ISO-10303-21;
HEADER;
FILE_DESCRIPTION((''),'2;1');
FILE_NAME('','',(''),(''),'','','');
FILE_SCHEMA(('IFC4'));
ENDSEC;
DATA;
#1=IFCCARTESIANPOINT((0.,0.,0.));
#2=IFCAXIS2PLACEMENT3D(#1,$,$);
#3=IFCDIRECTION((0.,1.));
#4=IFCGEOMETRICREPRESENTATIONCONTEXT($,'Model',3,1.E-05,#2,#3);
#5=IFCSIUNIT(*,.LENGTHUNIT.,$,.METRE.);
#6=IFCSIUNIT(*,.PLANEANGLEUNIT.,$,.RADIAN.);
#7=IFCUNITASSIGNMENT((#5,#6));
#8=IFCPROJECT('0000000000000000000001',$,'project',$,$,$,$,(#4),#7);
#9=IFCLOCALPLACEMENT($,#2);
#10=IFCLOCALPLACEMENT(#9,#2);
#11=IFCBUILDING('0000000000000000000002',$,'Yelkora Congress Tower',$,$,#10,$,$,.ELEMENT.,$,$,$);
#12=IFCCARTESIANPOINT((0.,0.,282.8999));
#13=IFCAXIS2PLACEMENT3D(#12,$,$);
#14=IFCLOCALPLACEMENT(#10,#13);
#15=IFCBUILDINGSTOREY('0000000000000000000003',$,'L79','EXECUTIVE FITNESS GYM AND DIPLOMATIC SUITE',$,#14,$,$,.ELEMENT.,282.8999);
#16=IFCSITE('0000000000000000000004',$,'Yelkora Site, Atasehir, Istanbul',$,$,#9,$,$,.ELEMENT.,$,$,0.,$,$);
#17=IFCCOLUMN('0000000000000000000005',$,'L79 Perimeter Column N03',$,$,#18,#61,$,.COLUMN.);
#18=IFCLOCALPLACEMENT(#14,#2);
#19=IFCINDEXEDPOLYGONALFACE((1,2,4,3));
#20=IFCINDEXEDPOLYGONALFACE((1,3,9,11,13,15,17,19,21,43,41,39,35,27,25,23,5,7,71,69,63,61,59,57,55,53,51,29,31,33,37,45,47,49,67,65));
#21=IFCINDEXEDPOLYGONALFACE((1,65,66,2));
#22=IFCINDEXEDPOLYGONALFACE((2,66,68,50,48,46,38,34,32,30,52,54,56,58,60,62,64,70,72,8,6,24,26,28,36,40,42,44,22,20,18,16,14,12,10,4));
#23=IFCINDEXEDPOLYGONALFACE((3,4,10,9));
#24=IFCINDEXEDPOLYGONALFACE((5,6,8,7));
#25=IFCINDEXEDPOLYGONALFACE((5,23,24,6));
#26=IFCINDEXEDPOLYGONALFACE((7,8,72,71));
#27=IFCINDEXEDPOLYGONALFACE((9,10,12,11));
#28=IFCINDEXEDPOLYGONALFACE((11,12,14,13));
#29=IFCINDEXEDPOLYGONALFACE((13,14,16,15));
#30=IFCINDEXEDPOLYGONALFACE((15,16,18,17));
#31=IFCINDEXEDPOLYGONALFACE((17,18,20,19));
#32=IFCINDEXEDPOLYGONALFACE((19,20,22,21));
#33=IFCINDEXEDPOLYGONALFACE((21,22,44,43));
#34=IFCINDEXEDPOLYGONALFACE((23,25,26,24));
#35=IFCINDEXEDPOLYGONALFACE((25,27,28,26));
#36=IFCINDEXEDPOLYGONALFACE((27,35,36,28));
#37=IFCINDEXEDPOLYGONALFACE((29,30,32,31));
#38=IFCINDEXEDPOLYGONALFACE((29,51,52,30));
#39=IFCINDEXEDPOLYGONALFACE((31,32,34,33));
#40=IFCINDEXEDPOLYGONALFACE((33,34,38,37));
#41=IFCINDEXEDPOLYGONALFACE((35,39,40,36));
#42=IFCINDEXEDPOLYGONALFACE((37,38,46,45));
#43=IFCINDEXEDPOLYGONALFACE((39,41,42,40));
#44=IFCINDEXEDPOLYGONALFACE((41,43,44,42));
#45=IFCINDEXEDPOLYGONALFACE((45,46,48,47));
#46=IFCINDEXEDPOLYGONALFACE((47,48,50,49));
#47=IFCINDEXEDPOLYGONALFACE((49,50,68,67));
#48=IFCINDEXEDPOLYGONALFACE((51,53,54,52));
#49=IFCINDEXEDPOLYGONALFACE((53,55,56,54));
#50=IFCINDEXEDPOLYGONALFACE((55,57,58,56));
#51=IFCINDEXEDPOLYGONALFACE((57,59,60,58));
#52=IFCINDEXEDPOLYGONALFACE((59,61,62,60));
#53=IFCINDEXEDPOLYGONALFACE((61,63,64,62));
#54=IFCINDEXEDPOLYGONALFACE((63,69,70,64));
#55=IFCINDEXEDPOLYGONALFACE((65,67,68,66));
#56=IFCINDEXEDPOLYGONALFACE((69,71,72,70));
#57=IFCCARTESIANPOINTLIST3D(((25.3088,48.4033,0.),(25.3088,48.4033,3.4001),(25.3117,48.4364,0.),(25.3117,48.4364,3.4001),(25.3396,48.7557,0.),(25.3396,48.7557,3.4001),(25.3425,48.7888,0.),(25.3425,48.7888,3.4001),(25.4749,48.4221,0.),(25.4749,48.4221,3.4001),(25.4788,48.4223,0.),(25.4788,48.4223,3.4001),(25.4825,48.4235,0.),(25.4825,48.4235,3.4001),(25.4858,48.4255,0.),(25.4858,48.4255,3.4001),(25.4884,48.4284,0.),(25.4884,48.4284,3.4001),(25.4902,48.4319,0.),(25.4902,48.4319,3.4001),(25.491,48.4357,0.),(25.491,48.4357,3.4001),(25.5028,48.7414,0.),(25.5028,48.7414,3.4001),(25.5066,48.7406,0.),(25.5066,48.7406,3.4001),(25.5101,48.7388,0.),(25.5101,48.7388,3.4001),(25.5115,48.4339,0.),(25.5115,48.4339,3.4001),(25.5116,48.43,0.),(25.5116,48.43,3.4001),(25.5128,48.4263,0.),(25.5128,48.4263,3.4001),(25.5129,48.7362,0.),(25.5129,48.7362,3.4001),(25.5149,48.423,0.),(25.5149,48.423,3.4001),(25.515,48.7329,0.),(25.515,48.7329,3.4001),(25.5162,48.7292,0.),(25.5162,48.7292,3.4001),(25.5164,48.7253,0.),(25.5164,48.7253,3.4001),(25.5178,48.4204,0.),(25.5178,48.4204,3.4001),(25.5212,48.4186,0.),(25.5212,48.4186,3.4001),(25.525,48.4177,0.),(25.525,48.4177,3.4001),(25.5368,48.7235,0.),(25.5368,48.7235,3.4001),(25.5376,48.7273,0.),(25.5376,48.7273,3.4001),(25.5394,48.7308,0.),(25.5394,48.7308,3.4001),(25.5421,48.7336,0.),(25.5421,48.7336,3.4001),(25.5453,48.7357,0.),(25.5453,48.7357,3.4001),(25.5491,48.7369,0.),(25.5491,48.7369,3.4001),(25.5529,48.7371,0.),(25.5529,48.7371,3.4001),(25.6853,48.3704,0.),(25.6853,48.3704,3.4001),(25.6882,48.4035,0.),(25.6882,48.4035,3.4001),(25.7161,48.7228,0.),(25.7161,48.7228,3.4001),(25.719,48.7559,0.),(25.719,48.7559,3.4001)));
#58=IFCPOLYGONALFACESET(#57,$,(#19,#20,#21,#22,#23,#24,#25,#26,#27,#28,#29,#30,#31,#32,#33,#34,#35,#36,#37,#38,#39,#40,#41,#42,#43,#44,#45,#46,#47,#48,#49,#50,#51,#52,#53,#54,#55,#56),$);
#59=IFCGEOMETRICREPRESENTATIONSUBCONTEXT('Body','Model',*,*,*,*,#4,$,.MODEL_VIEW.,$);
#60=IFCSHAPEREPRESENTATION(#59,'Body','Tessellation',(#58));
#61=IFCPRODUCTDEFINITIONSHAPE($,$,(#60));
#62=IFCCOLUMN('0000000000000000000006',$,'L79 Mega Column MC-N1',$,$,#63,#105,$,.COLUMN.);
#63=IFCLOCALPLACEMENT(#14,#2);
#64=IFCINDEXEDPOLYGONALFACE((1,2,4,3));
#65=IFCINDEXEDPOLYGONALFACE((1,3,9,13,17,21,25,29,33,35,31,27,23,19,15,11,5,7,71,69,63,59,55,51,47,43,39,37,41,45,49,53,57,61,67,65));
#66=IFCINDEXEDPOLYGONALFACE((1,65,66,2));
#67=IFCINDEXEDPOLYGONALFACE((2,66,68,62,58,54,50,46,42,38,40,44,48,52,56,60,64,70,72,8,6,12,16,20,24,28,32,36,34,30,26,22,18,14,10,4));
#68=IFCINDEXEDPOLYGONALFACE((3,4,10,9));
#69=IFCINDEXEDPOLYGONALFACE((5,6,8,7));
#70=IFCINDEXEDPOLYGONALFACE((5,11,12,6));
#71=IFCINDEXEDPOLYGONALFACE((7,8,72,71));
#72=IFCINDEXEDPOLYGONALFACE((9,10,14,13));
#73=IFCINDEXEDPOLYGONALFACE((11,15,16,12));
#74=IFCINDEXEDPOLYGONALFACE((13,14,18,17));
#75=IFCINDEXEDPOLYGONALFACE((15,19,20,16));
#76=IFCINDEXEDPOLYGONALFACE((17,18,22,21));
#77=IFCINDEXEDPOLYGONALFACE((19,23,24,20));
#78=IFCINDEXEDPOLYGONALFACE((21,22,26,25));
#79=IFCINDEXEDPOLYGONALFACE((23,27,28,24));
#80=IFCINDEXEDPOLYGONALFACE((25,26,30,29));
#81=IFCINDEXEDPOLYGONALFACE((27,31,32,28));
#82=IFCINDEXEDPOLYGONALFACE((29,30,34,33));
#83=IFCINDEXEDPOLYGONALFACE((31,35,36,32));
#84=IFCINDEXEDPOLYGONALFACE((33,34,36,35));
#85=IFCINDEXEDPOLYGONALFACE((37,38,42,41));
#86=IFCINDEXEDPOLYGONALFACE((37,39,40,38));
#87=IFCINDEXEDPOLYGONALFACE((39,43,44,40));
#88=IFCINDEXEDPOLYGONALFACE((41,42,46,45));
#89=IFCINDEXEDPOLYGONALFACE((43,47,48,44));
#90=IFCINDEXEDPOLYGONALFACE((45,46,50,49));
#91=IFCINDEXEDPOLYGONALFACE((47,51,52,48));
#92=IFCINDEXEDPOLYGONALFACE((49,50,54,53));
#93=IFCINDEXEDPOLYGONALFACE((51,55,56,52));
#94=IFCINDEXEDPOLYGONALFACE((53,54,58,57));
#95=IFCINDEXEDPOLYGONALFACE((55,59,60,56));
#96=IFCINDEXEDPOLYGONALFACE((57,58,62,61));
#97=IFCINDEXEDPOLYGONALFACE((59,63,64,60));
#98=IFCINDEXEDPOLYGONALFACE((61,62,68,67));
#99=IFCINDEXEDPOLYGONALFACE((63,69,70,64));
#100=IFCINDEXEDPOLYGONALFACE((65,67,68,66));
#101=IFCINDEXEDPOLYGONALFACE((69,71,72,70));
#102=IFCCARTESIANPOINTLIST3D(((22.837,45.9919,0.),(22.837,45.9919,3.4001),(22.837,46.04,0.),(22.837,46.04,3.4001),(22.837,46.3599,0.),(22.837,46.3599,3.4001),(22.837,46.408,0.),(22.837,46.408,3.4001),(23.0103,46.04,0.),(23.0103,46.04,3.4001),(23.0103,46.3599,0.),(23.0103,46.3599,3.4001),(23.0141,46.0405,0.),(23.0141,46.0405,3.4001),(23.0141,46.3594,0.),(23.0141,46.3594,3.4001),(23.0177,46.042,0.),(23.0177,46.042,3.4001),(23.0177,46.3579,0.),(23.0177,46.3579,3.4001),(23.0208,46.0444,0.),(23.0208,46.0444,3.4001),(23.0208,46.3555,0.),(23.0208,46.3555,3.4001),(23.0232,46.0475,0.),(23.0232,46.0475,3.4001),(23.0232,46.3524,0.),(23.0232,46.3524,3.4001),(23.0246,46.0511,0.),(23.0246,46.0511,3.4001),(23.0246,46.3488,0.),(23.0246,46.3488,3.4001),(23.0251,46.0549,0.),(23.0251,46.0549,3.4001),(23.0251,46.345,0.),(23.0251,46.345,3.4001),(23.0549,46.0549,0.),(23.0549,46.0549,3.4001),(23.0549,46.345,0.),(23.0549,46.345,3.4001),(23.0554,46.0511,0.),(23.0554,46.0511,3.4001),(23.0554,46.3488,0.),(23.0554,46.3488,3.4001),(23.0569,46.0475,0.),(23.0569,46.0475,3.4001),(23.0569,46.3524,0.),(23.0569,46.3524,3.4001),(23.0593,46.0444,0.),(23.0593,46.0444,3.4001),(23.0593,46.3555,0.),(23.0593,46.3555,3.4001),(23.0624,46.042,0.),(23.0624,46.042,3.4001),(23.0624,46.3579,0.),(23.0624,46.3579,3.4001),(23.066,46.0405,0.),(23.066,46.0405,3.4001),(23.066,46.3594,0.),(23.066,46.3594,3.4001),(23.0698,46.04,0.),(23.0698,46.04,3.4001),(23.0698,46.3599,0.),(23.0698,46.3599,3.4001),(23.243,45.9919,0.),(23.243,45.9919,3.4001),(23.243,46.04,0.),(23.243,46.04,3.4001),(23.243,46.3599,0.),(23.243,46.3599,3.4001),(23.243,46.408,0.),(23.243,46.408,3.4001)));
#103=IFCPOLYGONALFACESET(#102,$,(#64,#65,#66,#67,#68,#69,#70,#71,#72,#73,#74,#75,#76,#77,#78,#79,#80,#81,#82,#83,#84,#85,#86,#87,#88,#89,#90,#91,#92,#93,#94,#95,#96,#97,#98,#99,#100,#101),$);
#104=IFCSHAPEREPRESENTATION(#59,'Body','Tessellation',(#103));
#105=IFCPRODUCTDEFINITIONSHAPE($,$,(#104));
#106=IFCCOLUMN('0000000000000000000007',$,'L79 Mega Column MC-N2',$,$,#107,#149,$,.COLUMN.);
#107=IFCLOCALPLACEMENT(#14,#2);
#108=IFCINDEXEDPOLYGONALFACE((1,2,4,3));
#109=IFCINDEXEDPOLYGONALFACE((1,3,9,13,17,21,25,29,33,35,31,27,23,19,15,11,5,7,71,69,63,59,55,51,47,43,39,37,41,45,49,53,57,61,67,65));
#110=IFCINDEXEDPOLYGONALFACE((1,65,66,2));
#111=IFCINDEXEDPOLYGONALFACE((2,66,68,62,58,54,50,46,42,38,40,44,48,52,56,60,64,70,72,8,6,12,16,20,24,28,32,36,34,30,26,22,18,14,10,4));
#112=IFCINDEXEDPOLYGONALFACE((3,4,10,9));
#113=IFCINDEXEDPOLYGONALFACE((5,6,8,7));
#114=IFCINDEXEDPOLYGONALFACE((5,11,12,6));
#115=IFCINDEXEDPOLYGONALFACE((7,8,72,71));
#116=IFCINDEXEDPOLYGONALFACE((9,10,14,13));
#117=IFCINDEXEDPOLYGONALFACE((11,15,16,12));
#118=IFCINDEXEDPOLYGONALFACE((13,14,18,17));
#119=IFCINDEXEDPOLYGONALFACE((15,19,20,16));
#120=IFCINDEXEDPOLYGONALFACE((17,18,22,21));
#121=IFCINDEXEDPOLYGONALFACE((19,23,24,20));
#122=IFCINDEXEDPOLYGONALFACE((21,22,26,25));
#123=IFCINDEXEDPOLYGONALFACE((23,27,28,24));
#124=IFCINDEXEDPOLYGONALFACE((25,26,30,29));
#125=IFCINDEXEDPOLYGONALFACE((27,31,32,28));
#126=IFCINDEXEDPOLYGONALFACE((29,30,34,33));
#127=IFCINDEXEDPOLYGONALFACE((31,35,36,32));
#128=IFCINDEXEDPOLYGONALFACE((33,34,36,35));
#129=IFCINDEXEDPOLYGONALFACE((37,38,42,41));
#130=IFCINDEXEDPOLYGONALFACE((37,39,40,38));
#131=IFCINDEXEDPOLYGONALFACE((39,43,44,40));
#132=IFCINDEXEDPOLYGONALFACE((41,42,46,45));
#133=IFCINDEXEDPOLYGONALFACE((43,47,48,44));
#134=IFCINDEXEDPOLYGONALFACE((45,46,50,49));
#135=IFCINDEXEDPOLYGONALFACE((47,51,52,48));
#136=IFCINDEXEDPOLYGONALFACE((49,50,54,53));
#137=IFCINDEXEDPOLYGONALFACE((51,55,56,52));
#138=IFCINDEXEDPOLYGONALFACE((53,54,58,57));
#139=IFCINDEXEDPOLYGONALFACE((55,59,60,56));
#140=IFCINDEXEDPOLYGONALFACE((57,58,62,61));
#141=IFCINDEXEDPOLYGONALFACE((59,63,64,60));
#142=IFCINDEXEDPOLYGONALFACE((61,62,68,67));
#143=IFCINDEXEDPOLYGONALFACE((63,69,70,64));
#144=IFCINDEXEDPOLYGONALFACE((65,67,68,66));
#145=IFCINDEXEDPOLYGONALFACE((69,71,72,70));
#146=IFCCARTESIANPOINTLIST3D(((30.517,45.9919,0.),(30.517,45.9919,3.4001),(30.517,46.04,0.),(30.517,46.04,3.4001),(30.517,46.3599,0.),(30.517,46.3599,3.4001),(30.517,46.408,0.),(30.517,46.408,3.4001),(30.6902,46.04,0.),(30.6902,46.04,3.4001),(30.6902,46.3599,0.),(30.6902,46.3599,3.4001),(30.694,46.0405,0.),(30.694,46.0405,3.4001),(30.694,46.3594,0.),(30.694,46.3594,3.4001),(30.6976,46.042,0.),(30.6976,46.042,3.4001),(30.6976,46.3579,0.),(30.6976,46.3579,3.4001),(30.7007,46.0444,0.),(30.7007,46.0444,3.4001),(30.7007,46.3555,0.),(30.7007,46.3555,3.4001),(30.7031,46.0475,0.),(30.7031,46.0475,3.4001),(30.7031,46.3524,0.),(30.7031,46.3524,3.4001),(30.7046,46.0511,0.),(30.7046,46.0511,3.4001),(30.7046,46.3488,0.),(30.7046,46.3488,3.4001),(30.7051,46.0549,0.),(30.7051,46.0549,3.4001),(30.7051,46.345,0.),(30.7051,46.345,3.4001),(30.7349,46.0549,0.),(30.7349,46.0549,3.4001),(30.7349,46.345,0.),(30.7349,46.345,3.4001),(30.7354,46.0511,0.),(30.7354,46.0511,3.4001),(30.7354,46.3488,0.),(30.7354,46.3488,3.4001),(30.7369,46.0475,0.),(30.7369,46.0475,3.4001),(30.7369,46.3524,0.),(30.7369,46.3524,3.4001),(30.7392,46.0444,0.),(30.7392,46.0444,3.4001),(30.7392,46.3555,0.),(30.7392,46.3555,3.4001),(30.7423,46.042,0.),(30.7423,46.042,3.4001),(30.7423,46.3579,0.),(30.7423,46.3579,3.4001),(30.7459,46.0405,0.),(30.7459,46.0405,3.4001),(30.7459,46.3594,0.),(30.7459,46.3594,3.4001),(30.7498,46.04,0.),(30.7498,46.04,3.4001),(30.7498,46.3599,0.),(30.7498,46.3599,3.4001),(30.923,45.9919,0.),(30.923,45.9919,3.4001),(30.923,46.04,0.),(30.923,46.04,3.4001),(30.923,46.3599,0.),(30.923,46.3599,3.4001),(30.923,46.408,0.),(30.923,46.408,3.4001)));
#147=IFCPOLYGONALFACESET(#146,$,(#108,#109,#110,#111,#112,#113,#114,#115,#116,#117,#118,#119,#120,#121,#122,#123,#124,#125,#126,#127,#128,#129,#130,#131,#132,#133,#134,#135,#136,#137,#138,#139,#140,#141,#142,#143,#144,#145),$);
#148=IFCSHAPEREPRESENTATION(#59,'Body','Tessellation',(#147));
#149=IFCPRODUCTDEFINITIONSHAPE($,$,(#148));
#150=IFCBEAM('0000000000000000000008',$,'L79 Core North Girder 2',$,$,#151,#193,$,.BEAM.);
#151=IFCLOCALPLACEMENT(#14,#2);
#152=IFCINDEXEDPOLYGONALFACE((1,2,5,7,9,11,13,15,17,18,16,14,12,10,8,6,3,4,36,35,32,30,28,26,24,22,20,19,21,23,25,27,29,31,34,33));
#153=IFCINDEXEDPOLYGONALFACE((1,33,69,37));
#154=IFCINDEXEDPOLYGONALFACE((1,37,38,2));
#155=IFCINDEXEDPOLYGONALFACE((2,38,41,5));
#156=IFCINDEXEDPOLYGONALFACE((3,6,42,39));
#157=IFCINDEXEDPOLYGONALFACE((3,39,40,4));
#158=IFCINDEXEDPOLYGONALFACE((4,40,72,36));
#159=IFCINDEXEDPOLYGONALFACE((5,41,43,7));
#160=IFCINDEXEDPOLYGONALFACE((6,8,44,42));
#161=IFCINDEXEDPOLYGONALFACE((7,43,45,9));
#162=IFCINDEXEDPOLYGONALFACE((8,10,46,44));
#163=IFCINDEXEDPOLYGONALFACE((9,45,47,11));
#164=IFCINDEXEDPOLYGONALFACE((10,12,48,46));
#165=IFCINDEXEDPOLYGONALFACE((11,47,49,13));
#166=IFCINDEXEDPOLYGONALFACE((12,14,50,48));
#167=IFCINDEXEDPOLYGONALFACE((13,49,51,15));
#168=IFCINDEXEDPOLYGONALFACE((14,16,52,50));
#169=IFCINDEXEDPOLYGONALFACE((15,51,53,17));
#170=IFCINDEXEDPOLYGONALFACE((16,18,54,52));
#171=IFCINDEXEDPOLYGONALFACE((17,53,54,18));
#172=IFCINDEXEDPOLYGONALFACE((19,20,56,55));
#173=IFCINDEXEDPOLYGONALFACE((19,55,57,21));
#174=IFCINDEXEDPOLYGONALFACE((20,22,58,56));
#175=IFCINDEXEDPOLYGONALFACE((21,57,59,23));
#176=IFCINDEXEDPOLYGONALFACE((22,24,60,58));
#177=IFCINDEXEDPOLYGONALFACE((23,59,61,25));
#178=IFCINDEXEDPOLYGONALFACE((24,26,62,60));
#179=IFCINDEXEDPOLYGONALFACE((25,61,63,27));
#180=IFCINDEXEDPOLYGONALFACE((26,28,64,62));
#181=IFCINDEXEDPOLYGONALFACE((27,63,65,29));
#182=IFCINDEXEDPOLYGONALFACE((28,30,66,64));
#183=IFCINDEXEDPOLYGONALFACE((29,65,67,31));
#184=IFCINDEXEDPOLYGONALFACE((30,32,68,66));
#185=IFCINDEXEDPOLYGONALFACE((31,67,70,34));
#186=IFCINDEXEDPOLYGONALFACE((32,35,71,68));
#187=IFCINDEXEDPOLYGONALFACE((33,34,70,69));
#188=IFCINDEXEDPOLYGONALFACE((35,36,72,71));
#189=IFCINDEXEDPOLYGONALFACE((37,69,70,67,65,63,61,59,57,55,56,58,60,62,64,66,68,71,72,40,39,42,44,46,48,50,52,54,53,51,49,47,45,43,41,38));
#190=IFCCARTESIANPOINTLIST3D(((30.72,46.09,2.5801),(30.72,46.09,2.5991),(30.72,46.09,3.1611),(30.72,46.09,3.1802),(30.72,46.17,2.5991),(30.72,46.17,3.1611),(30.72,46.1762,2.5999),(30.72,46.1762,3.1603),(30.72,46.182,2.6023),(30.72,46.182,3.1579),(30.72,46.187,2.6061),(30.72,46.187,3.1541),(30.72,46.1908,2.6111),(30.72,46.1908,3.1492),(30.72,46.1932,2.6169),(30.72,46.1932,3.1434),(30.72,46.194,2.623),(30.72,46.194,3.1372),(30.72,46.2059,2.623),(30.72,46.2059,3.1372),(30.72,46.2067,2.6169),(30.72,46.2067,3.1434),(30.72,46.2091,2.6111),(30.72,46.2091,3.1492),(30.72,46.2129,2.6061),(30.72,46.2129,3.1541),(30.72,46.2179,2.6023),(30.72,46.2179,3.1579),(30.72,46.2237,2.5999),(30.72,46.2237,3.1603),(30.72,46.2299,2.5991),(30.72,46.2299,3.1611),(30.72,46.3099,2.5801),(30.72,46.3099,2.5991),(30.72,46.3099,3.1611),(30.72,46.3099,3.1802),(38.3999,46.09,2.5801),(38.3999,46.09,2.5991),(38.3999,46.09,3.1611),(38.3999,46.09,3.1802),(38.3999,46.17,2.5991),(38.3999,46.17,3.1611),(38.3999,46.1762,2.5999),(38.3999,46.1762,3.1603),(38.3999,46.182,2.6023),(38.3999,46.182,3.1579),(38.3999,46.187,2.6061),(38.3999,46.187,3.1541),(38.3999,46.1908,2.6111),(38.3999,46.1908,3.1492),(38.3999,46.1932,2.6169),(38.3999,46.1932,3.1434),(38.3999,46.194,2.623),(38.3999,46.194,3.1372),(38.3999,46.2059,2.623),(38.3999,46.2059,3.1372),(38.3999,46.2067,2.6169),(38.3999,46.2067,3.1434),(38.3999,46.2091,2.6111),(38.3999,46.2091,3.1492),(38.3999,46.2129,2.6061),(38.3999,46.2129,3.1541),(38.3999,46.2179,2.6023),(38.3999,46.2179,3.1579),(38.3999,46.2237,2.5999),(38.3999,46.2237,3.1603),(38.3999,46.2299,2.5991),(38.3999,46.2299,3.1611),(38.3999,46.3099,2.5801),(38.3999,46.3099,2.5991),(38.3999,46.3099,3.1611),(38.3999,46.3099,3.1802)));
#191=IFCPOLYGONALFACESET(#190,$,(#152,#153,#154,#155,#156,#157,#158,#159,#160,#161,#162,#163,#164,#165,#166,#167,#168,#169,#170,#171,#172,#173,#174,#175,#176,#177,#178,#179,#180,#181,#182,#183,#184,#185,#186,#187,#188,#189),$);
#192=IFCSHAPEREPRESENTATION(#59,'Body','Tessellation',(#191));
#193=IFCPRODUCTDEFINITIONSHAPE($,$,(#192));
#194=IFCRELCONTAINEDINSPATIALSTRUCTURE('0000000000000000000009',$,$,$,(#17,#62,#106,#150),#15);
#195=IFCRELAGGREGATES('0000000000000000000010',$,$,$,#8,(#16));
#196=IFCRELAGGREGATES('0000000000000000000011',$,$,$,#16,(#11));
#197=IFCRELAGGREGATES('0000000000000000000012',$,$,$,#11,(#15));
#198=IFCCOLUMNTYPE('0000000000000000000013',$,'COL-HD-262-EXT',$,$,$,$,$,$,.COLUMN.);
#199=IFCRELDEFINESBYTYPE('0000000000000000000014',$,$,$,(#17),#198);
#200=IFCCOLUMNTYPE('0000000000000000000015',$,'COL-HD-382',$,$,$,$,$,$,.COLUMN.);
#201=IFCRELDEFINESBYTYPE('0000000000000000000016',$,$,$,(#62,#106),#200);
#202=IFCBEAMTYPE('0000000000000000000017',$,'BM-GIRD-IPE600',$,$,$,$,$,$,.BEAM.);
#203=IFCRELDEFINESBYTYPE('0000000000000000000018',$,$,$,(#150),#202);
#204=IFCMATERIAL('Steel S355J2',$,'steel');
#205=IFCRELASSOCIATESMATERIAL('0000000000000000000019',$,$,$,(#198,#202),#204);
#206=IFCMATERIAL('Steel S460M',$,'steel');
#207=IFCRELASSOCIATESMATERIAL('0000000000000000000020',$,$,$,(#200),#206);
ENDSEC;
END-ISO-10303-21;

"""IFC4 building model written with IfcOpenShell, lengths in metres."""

from ifc_helpers import new_model, si_unit, direction, frame, origin, origin_2d, place, context, subcontext, project, spatial, i_section, extrude, material, material_profile, profile_set, type_object, element, save


model = new_model("IFC4")

# Units and contexts
model_context = context("Model", 3, precision=1e-05, world=origin(), true_north=direction((0.0, 1.0)))
body_context = subcontext(model_context, "Body", "Model", "MODEL_VIEW")
ifc_project = project(units=[si_unit("LENGTHUNIT", "METRE"), si_unit("PLANEANGLEUNIT", "RADIAN")], contexts=[model_context])

# Site, building, storey
site_placement = place(None, origin())
site = spatial("IfcSite", under=ifc_project, at=site_placement, Name="Yelkora Site, Atasehir, Istanbul", CompositionType="ELEMENT", RefElevation=0.0)
building_placement = place(site_placement, origin())
building = spatial("IfcBuilding", under=site, at=building_placement, Name="Yelkora Congress Tower", CompositionType="ELEMENT")
storey_placement = place(building_placement, frame((0.0, 0.0, 282.8999)))
storey = spatial("IfcBuildingStorey", under=building, at=storey_placement, Name="L79", Description="EXECUTIVE FITNESS GYM AND DIPLOMATIC SUITE", CompositionType="ELEMENT", Elevation=282.8999)

# Columns
ifc_material_1 = material(Name="Steel S355J2", Category="steel")
ifc_material_profile_1 = material_profile(ifc_material_1, i_section(OverallWidth=0.3779, OverallDepth=0.387, WebThickness=0.0205, FlangeThickness=0.0332, FilletRadius=0.0149, at=origin_2d()), Name="HD 360x262")
ifc_profile_set_1 = profile_set([ifc_material_profile_1], Name="Steel S355J2")
column_type_1 = type_object("IfcColumnType", Name="COL-HD-262-EXT", PredefinedType="COLUMN", material=ifc_profile_set_1)
column_placement = place(storey_placement, frame((25.5139, 48.5796, 0.0), z_axis=(0.0, 0.0, 1.0), x_axis=(0.996195, -0.087156, 0.0)))
element("IfcColumn", 1, at=column_placement, inside=storey, type_object=column_type_1, Name="L79 Perimeter Column N03", PredefinedType="COLUMN", context=body_context, shape_type="SweptSolid", body=[
    extrude(i_section(OverallWidth=0.3779, OverallDepth=0.387, WebThickness=0.0205, FlangeThickness=0.0332, FilletRadius=0.0149, at=origin_2d()), origin(), (0.0, 0.0, 1.0), 3.4001),
])
ifc_material_2 = material(Name="Steel S460M", Category="steel")
ifc_material_profile_2 = material_profile(ifc_material_2, i_section(OverallWidth=0.406, OverallDepth=0.416, WebThickness=0.0298, FlangeThickness=0.0481, FilletRadius=0.0149, at=origin_2d()), Name="HD 400x382")
ifc_profile_set_2 = profile_set([ifc_material_profile_2], Name="Steel S460M")
column_type_2 = type_object("IfcColumnType", Name="COL-HD-382", PredefinedType="COLUMN", material=ifc_profile_set_2)
for number, where, z_axis, x_axis, name in (
    (2, (23.04, 46.2, 0.0), (0.0, 0.0, 1.0), (1.0, 0.0, 0.0), "L79 Mega Column MC-N1"),
    (3, (30.72, 46.2, 0.0), (0.0, 0.0, 1.0), (1.0, 0.0, 0.0), "L79 Mega Column MC-N2"),
):
    element("IfcColumn", number, at=place(storey_placement, frame(where, z_axis=z_axis, x_axis=x_axis)), inside=storey, type_object=column_type_2, Name=name, PredefinedType="COLUMN", context=body_context, shape_type="SweptSolid", body=[
        extrude(i_section(OverallWidth=0.406, OverallDepth=0.416, WebThickness=0.0298, FlangeThickness=0.0481, FilletRadius=0.0149, at=origin_2d()), origin(), (0.0, 0.0, 1.0), 3.4001),
    ])

# Beam
ifc_material_profile_3 = material_profile(ifc_material_1, i_section(OverallWidth=0.22, OverallDepth=0.6001, WebThickness=0.012, FlangeThickness=0.019, FilletRadius=0.0239, at=origin_2d()), Name="IPE 600")
ifc_profile_set_3 = profile_set([ifc_material_profile_3], Name="Steel S355J2")
beam_type_1 = type_object("IfcBeamType", Name="BM-GIRD-IPE600", PredefinedType="BEAM", material=ifc_profile_set_3)
beam_1_placement = place(storey_placement, frame((30.72, 46.2, 2.8801), z_axis=(1.0, 0.0, 0.0), x_axis=(0.0, 1.0, 0.0)))
element("IfcBeam", 4, at=beam_1_placement, inside=storey, type_object=beam_type_1, Name="L79 Core North Girder 2", PredefinedType="BEAM", context=body_context, shape_type="SweptSolid", body=[
    extrude(i_section(OverallWidth=0.22, OverallDepth=0.6001, WebThickness=0.012, FlangeThickness=0.019, FilletRadius=0.0239, at=origin_2d()), origin(), (0.0, 0.0, 1.0), 7.6799),
])

save(model, "model.ifc")
